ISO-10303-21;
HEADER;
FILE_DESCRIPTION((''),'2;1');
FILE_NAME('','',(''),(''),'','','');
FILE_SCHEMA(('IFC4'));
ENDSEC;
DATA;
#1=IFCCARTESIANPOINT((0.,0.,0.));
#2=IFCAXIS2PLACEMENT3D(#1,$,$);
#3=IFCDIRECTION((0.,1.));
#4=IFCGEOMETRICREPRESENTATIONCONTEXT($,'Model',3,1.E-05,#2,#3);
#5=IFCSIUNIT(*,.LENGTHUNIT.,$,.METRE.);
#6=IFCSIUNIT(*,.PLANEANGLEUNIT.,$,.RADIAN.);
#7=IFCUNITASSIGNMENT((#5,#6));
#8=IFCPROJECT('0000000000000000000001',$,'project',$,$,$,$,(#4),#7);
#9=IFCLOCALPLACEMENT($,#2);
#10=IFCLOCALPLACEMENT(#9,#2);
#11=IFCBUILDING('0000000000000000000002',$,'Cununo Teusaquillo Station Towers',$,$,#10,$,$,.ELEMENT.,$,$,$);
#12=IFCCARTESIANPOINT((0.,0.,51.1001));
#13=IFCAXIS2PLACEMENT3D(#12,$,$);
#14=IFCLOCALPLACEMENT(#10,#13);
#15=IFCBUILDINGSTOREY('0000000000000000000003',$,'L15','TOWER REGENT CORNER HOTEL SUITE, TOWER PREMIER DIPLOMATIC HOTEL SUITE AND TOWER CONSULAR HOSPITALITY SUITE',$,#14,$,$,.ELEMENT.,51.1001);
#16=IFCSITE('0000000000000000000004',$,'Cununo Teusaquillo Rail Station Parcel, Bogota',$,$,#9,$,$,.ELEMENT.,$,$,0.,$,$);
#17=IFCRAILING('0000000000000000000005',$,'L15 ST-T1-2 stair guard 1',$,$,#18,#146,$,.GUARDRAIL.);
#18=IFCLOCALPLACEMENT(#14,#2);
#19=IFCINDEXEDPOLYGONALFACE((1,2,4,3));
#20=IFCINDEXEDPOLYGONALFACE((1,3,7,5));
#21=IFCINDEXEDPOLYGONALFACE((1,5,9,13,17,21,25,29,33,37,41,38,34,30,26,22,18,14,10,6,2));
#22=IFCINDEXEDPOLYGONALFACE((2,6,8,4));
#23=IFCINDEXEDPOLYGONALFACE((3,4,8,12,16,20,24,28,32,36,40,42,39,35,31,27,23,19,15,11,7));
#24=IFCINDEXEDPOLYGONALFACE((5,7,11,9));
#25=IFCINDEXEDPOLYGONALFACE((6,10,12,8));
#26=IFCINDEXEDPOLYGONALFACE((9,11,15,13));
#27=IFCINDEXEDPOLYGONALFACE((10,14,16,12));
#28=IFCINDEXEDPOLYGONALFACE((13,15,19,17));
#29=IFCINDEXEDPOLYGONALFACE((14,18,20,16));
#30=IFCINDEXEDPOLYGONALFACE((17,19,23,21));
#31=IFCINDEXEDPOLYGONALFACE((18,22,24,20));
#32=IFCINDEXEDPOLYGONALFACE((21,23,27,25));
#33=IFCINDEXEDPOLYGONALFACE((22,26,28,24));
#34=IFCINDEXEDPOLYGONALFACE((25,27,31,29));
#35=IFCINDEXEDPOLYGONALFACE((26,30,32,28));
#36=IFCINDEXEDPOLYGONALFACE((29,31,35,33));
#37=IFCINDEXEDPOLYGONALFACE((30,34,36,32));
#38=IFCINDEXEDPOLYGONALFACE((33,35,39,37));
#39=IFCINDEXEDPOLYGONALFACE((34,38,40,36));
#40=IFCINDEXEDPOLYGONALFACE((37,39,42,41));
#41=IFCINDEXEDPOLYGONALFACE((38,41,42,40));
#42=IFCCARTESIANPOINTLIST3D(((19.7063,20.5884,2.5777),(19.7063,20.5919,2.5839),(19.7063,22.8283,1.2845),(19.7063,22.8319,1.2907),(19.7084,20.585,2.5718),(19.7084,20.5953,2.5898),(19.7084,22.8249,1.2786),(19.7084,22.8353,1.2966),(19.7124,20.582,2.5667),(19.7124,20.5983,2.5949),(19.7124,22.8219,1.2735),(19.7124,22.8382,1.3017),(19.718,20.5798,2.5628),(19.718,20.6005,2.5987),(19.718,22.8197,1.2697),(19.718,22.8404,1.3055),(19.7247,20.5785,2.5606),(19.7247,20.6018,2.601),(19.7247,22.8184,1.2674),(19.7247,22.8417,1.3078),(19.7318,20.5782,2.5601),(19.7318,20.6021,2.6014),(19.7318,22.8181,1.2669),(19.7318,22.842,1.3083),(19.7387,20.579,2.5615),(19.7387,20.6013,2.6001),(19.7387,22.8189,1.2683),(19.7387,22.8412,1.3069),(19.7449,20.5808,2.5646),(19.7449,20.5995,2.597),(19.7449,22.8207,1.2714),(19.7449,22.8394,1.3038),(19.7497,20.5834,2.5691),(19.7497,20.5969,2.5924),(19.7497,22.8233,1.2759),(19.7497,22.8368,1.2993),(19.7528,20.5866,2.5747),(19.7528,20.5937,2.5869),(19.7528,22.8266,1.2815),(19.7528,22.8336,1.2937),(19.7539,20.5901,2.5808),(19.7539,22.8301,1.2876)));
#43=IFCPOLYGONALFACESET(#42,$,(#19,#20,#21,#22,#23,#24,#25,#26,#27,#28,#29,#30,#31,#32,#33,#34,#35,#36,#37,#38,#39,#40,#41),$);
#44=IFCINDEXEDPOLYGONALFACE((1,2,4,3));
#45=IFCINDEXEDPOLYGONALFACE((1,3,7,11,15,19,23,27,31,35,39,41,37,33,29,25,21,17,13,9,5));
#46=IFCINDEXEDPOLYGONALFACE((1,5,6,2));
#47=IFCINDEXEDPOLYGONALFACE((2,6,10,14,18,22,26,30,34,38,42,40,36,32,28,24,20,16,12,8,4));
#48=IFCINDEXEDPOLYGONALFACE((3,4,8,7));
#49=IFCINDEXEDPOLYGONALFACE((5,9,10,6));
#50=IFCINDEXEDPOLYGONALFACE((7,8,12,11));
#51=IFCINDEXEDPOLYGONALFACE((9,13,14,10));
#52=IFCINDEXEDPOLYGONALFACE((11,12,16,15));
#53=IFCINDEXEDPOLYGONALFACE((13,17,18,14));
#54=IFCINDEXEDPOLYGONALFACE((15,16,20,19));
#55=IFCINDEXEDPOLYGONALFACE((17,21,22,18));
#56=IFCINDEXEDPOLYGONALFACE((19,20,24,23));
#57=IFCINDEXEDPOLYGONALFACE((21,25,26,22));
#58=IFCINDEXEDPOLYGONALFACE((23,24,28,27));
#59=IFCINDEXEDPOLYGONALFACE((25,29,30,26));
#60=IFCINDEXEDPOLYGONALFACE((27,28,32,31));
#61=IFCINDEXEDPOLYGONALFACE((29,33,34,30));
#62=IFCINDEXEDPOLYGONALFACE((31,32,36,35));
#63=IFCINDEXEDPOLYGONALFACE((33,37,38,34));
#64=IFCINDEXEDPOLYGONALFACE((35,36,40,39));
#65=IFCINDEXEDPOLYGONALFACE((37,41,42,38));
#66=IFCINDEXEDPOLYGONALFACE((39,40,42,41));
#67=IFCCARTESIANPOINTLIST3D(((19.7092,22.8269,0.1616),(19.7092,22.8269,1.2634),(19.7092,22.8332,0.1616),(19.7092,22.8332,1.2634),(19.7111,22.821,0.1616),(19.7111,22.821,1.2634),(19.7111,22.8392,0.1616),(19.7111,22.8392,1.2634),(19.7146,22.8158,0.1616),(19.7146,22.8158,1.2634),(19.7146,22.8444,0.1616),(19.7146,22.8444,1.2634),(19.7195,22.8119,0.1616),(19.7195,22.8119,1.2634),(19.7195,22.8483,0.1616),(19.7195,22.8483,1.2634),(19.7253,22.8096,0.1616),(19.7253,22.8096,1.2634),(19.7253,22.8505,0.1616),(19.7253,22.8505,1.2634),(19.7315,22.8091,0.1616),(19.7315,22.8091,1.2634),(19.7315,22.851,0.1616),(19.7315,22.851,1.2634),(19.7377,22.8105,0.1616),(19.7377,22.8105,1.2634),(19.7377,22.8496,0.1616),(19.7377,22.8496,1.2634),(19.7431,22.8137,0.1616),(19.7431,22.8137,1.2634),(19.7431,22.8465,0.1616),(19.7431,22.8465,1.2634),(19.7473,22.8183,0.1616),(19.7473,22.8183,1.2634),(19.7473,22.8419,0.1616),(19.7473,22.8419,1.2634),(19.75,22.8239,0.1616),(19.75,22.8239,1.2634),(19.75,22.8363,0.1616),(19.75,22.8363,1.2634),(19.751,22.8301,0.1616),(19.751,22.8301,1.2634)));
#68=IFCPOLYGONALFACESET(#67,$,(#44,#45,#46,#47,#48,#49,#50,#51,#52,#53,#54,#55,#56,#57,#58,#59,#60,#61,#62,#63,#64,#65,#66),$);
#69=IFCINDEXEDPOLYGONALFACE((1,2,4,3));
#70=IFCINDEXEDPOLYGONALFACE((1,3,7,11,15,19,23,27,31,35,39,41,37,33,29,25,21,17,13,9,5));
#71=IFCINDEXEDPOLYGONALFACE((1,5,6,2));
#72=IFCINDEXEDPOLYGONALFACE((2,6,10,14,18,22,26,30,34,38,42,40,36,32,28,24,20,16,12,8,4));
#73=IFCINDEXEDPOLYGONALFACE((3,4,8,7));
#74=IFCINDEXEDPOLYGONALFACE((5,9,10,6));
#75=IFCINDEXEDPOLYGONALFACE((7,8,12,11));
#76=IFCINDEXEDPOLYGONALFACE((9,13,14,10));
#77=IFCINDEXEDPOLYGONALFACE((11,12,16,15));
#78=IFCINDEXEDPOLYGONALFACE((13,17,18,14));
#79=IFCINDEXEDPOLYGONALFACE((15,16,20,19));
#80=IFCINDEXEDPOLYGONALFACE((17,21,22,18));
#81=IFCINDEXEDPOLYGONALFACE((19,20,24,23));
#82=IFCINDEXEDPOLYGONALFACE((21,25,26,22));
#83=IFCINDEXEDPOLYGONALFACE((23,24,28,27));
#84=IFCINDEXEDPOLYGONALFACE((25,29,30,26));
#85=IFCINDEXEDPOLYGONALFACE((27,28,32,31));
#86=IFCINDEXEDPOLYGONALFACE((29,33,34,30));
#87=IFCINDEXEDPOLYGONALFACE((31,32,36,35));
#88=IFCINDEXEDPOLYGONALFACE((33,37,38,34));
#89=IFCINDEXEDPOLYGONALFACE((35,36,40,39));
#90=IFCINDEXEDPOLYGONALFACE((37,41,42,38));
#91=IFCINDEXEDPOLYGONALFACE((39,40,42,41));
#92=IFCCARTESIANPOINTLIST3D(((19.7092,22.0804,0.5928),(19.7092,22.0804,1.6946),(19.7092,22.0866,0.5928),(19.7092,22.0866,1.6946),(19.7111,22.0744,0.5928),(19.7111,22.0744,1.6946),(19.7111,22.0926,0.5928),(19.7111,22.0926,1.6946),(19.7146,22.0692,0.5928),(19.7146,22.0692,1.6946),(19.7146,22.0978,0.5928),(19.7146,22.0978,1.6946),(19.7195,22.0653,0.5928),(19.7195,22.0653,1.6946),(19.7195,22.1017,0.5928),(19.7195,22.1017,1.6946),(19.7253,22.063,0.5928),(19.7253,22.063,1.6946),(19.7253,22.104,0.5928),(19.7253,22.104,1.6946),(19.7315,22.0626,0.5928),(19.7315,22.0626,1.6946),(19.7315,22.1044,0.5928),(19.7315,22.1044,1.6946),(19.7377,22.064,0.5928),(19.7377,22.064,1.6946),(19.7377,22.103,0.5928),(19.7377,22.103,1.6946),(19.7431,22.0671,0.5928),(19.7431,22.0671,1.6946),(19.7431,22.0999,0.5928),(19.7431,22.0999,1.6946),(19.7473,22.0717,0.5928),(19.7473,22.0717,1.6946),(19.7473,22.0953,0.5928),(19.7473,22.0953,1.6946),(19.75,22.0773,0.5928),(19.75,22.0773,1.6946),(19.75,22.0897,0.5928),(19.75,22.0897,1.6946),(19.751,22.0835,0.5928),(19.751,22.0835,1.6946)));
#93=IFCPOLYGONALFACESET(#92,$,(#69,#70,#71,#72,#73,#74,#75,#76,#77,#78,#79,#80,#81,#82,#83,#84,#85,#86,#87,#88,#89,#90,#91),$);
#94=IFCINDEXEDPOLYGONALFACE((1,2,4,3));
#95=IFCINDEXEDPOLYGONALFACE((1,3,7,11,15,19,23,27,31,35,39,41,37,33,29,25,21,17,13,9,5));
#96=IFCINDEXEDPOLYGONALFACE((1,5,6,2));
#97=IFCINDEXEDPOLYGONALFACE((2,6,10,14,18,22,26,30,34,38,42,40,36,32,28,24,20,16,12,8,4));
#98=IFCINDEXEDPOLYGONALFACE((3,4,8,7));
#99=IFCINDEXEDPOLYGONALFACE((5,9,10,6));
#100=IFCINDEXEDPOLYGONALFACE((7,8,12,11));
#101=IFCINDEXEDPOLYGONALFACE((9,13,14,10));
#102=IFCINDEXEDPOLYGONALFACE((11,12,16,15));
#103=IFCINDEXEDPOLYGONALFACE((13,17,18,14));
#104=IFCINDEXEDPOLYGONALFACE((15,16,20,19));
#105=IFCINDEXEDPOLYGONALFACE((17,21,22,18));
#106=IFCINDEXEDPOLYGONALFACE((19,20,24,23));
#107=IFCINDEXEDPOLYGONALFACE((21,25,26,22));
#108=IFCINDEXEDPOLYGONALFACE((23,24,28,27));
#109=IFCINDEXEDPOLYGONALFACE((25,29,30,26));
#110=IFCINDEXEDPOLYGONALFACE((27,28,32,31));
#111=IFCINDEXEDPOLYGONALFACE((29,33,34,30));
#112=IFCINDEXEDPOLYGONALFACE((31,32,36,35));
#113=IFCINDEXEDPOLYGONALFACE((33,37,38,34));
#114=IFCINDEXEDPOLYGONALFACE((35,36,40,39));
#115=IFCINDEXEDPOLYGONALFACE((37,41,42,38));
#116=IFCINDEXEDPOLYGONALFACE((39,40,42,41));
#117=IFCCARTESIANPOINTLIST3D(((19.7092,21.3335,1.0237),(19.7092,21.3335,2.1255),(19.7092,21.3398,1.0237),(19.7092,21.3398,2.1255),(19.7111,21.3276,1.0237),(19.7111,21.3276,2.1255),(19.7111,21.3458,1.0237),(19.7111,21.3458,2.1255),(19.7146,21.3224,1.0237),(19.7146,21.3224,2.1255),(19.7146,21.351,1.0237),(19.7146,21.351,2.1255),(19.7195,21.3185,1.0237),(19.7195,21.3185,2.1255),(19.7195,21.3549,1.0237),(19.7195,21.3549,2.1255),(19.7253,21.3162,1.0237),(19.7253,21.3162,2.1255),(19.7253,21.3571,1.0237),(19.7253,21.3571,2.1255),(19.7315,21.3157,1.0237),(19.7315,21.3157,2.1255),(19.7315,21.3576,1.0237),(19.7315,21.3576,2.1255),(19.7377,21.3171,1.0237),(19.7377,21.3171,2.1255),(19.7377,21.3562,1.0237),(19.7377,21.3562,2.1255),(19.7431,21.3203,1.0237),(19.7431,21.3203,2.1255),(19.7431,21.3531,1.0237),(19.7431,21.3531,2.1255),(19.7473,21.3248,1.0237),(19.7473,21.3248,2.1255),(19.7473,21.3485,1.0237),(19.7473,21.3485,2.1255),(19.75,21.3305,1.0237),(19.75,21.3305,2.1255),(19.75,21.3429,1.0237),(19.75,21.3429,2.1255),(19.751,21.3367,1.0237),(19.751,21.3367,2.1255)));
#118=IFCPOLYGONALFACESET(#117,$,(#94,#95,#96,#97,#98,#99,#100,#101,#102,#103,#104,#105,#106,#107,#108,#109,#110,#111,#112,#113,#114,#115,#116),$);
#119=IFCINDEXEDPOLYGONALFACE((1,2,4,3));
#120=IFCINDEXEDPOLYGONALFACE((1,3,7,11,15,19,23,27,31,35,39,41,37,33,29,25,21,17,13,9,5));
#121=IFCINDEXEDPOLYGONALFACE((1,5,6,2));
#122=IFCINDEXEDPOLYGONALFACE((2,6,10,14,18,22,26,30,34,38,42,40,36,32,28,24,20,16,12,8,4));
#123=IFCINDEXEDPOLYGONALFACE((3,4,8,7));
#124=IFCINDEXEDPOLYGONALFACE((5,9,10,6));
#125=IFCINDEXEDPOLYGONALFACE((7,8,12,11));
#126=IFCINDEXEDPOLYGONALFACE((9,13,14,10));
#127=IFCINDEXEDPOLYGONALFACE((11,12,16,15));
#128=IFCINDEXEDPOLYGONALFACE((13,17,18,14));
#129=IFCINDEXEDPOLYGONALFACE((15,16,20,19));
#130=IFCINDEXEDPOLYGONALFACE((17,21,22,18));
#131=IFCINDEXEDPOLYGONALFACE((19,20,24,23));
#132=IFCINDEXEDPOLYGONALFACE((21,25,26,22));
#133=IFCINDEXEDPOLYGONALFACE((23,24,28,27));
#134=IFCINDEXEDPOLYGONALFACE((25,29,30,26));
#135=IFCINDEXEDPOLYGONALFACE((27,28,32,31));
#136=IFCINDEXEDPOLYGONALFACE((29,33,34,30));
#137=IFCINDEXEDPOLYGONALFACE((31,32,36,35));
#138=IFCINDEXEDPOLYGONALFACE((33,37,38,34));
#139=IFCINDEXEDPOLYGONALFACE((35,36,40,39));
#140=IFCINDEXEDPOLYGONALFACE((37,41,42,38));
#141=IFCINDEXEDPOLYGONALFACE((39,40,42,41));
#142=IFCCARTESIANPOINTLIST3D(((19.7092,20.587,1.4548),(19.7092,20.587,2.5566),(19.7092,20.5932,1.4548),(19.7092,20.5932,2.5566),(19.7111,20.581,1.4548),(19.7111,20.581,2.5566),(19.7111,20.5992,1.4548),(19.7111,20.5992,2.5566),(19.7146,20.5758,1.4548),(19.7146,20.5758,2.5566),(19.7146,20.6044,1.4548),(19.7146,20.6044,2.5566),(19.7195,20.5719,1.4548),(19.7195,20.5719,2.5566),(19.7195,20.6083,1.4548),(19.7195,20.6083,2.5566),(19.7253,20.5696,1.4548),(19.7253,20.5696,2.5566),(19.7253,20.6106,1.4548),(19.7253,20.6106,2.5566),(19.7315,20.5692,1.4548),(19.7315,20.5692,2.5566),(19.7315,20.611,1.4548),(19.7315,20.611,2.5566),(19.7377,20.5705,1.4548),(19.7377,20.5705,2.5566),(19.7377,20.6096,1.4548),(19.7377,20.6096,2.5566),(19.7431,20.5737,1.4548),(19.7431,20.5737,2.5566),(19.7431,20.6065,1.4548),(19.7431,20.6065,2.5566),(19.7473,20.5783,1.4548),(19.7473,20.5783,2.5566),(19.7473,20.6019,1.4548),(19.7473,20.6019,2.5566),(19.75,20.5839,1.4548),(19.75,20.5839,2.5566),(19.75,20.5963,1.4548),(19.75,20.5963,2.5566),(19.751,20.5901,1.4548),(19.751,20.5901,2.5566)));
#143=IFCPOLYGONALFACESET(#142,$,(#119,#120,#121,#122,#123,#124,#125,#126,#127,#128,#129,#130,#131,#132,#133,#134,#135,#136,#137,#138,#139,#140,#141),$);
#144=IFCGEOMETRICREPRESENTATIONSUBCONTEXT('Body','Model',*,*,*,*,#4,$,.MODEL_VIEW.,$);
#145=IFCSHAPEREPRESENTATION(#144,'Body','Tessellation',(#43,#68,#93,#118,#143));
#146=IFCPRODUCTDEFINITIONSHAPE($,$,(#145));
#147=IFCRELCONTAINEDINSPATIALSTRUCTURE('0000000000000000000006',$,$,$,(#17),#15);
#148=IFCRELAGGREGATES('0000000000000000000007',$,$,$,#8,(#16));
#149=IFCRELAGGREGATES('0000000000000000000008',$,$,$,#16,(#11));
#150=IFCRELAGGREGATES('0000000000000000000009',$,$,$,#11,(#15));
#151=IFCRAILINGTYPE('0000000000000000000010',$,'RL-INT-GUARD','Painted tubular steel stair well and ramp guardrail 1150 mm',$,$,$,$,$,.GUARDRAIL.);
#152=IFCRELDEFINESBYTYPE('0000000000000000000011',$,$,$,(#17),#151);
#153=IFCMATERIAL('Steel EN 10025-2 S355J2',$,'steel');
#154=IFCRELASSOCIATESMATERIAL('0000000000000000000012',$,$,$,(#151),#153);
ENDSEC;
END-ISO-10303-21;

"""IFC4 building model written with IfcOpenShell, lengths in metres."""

from ifc_helpers import new_model, si_unit, direction, frame, origin, origin_2d, place, context, subcontext, project, spatial, circle, extrude, material, type_object, element, save


model = new_model("IFC4")

# Units and contexts
model_context = context("Model", 3, precision=1e-05, world=origin(), true_north=direction((0.0, 1.0)))
body_context = subcontext(model_context, "Body", "Model", "MODEL_VIEW")
ifc_project = project(units=[si_unit("LENGTHUNIT", "METRE"), si_unit("PLANEANGLEUNIT", "RADIAN")], contexts=[model_context])

# Site, building, storey
site_placement = place(None, origin())
site = spatial("IfcSite", under=ifc_project, at=site_placement, Name="Cununo Teusaquillo Rail Station Parcel, Bogota", CompositionType="ELEMENT", RefElevation=0.0)
building_placement = place(site_placement, origin())
building = spatial("IfcBuilding", under=site, at=building_placement, Name="Cununo Teusaquillo Station Towers", CompositionType="ELEMENT")
storey_placement = place(building_placement, frame((0.0, 0.0, 51.1001)))
storey = spatial("IfcBuildingStorey", under=building, at=storey_placement, Name="L15", Description="TOWER REGENT CORNER HOTEL SUITE, TOWER PREMIER DIPLOMATIC HOTEL SUITE AND TOWER CONSULAR HOSPITALITY SUITE", CompositionType="ELEMENT", Elevation=51.1001)

# Railing
ifc_material_1 = material(Name="Steel EN 10025-2 S355J2", Category="steel")
railing_type_1 = type_object("IfcRailingType", Name="RL-INT-GUARD", Description="Painted tubular steel stair well and ramp guardrail 1150 mm", PredefinedType="GUARDRAIL", material=ifc_material_1)
railing_1_placement = place(storey_placement, frame((19.73, 22.8301, 0.1616)))
element("IfcRailing", 1, at=railing_1_placement, inside=storey, type_object=railing_type_1, Name="L15 ST-T1-2 stair guard 1", PredefinedType="GUARDRAIL", context=body_context, shape_type="SweptSolid", body=[
    extrude(circle(Radius=0.0239, at=origin_2d()), frame((0.0, 0.0, 1.126), z_axis=(0.0, -0.866033, 0.499987), x_axis=(1.0, 0.0, 0.0)), (0.0, 0.0, 1.0), 2.5864),
    extrude(circle(Radius=0.021, at=origin_2d()), origin(), (0.0, 0.0, 1.0), 1.1018),
    extrude(circle(Radius=0.021, at=origin_2d()), frame((0.0, -0.7466, 0.4312)), (0.0, 0.0, 1.0), 1.1018),
    extrude(circle(Radius=0.021, at=origin_2d()), frame((0.0, -1.4934, 0.8621)), (0.0, 0.0, 1.0), 1.1018),
    extrude(circle(Radius=0.021, at=origin_2d()), frame((0.0, -2.24, 1.2932)), (0.0, 0.0, 1.0), 1.1018),
])

save(model, "model.ifc")
